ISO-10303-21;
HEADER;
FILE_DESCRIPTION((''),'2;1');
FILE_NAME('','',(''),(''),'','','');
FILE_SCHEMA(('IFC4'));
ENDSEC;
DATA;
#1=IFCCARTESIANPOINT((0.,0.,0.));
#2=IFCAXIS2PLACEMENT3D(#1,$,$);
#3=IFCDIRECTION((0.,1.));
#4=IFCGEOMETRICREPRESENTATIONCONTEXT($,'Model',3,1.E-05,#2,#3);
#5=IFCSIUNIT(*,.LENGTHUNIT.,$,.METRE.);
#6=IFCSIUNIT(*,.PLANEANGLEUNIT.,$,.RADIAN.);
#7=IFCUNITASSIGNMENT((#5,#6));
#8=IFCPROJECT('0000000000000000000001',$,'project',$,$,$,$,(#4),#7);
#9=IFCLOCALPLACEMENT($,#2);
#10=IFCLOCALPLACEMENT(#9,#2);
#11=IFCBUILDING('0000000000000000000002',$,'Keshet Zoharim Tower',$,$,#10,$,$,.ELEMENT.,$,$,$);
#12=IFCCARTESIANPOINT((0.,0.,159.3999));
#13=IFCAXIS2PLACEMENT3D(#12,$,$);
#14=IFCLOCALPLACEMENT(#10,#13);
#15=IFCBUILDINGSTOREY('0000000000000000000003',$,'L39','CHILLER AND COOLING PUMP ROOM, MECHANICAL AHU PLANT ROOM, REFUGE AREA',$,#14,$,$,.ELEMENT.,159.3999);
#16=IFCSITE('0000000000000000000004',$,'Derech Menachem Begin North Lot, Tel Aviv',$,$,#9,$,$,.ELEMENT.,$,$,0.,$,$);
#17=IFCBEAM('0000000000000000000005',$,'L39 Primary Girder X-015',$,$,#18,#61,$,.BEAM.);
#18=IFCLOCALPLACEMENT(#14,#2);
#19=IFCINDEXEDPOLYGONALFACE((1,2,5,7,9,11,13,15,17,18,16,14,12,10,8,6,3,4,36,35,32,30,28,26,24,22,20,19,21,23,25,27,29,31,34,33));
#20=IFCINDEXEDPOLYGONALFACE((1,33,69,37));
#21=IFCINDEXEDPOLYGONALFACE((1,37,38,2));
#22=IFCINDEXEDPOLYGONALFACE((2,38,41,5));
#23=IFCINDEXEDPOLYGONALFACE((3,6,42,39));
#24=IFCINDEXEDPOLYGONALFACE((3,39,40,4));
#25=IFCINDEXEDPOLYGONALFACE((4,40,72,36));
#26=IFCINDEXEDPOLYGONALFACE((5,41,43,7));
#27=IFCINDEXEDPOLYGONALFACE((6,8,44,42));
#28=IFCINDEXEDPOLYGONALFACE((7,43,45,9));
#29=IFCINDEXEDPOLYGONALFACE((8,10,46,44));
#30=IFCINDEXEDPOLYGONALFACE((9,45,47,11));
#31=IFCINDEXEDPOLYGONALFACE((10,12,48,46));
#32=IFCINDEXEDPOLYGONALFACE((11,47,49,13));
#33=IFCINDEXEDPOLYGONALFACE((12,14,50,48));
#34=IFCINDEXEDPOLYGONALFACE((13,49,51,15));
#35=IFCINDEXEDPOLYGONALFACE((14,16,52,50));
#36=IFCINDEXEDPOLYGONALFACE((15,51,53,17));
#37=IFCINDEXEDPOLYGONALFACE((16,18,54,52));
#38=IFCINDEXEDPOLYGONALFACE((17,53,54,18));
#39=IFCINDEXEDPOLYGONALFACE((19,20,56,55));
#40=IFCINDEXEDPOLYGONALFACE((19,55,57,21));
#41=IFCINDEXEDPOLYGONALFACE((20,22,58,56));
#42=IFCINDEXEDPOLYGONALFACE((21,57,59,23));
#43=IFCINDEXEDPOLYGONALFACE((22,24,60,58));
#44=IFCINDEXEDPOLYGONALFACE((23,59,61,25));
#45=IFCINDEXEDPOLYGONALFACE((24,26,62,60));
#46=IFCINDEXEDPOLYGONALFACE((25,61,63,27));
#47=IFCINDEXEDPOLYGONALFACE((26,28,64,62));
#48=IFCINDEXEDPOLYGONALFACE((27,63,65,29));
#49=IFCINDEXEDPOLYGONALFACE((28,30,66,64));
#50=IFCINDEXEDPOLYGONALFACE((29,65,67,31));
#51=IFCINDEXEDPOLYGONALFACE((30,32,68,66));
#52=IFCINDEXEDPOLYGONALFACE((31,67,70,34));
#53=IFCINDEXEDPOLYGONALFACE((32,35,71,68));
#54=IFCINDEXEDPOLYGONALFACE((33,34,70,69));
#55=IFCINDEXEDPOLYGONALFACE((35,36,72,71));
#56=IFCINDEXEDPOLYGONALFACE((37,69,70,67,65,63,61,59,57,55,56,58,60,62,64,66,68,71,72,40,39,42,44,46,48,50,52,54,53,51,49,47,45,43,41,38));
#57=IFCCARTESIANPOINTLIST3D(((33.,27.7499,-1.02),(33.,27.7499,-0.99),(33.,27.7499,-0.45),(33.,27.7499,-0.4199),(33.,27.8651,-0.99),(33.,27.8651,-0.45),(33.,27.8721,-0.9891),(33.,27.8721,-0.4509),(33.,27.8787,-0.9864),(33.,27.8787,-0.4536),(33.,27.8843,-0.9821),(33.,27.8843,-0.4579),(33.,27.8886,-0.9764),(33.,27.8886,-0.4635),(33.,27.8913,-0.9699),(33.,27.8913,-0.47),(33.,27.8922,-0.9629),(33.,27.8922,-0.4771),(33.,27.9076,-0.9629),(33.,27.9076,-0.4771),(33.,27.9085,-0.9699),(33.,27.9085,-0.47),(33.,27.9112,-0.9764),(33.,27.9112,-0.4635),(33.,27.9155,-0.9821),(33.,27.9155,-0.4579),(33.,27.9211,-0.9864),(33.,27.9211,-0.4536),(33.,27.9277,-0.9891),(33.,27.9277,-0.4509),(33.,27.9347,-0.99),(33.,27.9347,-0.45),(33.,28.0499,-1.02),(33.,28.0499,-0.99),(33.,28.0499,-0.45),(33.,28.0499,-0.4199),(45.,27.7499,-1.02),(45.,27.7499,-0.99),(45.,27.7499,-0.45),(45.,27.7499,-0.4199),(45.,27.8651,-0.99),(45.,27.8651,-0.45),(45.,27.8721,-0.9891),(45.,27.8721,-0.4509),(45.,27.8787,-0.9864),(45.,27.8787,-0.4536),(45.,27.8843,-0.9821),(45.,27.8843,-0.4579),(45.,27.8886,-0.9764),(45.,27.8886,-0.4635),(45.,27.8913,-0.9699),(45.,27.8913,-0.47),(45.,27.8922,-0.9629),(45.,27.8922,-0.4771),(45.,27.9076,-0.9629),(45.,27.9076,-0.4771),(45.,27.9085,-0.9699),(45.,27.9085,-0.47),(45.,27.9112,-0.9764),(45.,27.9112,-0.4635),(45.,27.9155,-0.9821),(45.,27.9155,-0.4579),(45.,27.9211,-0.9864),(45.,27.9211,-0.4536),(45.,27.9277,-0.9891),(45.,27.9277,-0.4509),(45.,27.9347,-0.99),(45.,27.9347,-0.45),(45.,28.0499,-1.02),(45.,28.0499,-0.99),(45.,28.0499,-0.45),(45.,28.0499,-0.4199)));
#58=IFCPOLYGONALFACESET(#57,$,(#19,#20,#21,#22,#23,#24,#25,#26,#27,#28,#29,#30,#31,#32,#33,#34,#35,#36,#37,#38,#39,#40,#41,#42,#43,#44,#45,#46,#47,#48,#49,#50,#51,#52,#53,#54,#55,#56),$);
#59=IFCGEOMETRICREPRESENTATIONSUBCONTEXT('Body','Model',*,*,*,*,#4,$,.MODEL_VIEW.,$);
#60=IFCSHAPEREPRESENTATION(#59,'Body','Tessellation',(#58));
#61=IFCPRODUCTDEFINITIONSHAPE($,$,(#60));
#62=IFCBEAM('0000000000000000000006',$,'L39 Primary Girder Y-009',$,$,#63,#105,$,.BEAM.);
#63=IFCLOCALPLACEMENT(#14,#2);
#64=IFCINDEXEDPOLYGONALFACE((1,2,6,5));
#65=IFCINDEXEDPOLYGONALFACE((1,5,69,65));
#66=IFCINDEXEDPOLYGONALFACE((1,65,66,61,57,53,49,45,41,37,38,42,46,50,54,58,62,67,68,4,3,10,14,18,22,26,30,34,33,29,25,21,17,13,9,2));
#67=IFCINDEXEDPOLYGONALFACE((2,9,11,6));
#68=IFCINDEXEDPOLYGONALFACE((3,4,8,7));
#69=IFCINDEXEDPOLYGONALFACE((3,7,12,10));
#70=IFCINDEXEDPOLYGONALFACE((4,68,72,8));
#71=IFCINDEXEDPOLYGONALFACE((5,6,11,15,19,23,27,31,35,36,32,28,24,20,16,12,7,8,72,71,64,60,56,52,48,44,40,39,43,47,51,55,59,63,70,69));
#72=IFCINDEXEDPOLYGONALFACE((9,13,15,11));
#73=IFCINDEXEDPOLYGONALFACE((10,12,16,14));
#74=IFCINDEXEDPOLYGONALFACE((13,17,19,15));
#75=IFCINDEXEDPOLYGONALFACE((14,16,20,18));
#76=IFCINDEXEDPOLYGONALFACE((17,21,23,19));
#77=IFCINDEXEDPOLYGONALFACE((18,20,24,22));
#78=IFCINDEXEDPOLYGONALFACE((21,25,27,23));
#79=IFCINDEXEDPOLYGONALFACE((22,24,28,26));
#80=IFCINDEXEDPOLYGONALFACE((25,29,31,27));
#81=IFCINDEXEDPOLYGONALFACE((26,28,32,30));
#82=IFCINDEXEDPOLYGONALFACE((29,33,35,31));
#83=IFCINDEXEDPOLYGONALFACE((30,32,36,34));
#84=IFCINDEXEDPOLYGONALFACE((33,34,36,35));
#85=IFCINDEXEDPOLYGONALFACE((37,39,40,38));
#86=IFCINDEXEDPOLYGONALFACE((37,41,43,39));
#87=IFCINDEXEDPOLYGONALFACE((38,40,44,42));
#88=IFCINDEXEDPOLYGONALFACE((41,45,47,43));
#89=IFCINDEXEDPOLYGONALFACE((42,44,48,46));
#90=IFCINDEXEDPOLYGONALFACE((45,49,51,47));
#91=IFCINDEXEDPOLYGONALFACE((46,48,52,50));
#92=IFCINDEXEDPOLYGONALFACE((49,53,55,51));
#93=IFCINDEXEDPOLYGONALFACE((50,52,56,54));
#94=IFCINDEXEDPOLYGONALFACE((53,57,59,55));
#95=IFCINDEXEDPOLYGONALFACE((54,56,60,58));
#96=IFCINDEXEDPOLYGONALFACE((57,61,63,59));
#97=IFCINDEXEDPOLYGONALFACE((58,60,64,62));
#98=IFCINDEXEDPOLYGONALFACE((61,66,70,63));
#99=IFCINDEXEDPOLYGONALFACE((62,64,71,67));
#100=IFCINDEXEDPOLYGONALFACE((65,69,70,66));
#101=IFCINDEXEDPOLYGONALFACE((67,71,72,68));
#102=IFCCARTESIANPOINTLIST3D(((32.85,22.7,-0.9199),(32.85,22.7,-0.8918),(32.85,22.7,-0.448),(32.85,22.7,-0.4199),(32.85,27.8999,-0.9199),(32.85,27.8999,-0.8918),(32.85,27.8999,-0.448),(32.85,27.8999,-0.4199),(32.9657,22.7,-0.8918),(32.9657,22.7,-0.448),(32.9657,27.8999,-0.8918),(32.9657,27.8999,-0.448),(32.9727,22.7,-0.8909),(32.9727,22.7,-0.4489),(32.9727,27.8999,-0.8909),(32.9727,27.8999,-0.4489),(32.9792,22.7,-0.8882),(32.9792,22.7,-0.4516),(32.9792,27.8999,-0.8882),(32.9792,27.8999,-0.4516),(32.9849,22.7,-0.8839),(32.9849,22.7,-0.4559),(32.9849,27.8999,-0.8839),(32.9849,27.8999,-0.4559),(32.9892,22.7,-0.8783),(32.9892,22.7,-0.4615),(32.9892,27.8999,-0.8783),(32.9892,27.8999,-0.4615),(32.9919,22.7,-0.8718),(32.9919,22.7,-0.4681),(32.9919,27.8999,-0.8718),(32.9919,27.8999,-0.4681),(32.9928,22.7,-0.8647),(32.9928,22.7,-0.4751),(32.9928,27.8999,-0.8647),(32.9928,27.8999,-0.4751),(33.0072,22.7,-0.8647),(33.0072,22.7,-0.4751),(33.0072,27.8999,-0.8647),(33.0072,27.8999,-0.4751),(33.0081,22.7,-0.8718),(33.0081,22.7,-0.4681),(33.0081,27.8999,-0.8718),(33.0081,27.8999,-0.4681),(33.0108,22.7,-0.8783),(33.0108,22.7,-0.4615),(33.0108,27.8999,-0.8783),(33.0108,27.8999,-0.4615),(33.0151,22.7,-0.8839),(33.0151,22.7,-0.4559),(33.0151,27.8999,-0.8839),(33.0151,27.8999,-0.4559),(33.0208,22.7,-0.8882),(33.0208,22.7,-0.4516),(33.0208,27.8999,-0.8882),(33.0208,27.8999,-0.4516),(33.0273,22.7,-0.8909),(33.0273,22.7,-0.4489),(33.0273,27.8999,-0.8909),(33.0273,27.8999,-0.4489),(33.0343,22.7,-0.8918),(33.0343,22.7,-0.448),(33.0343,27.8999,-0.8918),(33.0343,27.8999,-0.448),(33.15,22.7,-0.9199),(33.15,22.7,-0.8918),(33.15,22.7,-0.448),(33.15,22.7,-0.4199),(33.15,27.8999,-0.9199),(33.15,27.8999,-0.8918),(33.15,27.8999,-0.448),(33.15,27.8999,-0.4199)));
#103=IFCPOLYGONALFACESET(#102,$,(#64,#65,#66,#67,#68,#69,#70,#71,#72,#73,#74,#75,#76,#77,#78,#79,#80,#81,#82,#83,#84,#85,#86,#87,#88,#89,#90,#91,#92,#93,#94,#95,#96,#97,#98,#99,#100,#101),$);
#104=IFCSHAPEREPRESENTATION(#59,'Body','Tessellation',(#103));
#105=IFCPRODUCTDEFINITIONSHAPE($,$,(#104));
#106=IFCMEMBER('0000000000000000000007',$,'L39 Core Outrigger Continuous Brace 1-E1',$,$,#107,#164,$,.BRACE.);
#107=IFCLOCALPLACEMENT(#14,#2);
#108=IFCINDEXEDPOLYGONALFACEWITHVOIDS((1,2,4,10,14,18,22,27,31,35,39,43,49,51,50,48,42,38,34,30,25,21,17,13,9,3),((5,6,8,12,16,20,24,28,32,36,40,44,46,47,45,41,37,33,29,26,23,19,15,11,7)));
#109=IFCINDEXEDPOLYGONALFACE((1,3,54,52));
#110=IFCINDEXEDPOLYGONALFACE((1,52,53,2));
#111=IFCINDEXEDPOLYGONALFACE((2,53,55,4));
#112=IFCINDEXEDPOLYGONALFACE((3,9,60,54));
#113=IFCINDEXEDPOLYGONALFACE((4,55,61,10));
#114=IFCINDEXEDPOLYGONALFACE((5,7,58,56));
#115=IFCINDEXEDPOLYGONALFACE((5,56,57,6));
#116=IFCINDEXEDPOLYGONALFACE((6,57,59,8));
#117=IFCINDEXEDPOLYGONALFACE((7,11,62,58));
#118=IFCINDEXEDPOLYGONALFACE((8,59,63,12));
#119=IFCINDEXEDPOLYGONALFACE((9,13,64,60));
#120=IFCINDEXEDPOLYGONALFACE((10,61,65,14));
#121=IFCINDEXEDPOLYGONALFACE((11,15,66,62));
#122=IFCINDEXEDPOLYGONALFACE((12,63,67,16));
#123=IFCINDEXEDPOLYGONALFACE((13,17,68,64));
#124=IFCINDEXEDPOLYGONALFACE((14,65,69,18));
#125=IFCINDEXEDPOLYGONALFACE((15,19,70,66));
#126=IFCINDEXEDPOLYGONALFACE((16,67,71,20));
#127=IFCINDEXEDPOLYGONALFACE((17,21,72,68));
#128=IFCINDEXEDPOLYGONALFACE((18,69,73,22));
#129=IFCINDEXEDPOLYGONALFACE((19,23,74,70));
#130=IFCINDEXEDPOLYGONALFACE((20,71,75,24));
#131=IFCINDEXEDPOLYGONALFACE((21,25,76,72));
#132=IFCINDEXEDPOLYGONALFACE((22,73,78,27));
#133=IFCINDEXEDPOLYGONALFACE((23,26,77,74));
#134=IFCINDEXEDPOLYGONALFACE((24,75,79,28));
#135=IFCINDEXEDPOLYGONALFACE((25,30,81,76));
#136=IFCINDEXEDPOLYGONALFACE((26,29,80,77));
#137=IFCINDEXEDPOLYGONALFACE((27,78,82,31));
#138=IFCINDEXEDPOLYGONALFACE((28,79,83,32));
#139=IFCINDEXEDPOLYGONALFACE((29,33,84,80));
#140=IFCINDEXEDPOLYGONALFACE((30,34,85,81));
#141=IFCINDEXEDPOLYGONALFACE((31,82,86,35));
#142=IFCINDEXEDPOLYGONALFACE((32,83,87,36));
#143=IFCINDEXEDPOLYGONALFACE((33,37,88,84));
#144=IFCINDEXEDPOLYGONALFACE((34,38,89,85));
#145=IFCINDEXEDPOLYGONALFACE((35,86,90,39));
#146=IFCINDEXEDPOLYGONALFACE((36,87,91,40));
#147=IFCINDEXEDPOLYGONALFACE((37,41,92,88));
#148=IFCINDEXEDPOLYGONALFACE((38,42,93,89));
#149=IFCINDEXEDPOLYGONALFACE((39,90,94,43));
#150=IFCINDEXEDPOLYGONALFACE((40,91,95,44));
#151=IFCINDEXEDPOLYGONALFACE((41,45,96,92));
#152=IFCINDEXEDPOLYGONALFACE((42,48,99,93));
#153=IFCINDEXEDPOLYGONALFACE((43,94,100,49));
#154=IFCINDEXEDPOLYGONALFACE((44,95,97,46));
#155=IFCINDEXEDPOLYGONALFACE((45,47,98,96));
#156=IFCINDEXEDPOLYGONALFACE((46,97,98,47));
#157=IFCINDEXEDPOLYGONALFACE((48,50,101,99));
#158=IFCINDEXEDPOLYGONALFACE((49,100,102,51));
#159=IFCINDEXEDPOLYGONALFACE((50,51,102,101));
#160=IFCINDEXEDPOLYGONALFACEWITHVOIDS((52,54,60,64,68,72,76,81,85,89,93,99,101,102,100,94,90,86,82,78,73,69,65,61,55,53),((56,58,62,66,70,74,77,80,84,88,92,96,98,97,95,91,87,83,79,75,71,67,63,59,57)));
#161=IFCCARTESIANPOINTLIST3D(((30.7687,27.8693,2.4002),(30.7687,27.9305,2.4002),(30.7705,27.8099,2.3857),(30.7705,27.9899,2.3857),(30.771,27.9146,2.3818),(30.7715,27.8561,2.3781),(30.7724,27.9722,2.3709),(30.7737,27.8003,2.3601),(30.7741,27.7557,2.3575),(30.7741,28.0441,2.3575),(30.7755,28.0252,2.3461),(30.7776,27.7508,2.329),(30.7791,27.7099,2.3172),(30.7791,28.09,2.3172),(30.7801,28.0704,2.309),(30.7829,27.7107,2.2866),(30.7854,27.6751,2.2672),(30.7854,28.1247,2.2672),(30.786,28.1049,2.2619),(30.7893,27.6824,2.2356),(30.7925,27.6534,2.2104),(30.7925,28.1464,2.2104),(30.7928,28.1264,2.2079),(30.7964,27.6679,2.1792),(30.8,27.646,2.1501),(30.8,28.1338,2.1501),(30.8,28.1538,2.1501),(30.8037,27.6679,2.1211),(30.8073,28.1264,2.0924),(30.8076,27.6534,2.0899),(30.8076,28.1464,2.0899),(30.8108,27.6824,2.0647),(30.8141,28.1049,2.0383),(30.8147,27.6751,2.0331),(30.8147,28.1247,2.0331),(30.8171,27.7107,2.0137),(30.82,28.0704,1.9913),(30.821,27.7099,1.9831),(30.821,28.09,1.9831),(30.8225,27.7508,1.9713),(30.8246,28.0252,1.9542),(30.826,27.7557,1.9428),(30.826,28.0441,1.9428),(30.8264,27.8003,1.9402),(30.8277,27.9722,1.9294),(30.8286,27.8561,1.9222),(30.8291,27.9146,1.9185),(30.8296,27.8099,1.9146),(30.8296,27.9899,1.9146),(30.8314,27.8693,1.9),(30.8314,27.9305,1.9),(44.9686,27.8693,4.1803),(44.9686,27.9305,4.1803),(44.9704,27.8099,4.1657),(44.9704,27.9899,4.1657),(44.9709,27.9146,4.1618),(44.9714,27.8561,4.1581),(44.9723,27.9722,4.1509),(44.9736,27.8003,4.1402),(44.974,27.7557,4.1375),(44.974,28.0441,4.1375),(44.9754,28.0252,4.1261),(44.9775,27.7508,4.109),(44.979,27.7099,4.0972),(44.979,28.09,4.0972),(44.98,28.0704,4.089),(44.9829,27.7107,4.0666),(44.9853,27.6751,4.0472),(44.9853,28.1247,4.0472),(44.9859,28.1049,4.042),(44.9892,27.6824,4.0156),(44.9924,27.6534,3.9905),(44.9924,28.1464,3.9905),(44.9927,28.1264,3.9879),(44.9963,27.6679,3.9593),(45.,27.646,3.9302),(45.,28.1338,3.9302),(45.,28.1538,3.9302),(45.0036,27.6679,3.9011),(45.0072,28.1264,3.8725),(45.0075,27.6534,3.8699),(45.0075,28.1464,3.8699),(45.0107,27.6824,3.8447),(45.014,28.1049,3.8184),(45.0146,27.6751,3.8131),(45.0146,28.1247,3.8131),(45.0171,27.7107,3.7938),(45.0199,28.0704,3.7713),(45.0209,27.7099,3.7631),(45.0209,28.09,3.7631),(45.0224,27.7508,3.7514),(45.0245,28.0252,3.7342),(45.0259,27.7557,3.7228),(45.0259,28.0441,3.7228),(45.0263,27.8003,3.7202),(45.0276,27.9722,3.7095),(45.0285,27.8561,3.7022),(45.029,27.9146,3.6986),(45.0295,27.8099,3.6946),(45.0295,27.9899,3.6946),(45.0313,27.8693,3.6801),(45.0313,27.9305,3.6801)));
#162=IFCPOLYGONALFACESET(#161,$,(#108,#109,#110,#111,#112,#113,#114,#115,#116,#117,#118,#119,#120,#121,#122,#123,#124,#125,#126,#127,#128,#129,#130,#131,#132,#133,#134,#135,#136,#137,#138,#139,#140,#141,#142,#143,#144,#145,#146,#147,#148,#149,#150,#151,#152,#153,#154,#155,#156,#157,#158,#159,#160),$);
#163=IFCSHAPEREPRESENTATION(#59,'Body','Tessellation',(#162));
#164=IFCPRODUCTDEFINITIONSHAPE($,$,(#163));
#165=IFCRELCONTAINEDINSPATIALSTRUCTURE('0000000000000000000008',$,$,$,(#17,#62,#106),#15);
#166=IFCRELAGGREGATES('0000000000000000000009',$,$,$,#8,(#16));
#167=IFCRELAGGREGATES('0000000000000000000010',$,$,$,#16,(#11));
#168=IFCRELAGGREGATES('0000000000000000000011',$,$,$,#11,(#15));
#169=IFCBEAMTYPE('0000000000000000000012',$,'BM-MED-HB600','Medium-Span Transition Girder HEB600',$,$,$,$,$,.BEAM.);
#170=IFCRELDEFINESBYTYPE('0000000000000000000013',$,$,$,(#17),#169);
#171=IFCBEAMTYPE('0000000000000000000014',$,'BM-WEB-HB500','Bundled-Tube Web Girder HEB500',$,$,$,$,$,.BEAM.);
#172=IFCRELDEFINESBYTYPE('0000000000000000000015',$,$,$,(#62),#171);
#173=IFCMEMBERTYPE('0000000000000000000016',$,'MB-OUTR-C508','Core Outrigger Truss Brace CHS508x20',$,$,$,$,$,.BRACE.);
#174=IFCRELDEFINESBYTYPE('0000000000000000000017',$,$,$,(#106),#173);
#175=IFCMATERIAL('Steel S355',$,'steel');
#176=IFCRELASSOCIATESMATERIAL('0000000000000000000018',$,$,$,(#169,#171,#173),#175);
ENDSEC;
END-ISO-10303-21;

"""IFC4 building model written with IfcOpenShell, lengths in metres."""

from ifc_helpers import new_model, si_unit, direction, frame, origin, origin_2d, place, context, subcontext, project, spatial, hollow_circle, i_section, extrude, material, material_profile, profile_set, type_object, element, save


model = new_model("IFC4")

# Units and contexts
model_context = context("Model", 3, precision=1e-05, world=origin(), true_north=direction((0.0, 1.0)))
body_context = subcontext(model_context, "Body", "Model", "MODEL_VIEW")
ifc_project = project(units=[si_unit("LENGTHUNIT", "METRE"), si_unit("PLANEANGLEUNIT", "RADIAN")], contexts=[model_context])

# Site, building, storey
site_placement = place(None, origin())
site = spatial("IfcSite", under=ifc_project, at=site_placement, Name="Derech Menachem Begin North Lot, Tel Aviv", CompositionType="ELEMENT", RefElevation=0.0)
building_placement = place(site_placement, origin())
building = spatial("IfcBuilding", under=site, at=building_placement, Name="Keshet Zoharim Tower", CompositionType="ELEMENT")
storey_placement = place(building_placement, frame((0.0, 0.0, 159.3999)))
storey = spatial("IfcBuildingStorey", under=building, at=storey_placement, Name="L39", Description="CHILLER AND COOLING PUMP ROOM, MECHANICAL AHU PLANT ROOM, REFUGE AREA", CompositionType="ELEMENT", Elevation=159.3999)

# Beams
ifc_material_1 = material(Name="Steel S355", Category="steel")
ifc_material_profile_1 = material_profile(ifc_material_1, i_section(OverallWidth=0.3, OverallDepth=0.6001, WebThickness=0.0154, FlangeThickness=0.03, FilletRadius=0.0271, at=origin_2d()), Name="HEB600")
ifc_profile_set_1 = profile_set([ifc_material_profile_1], Name="Steel S355")
beam_type_1 = type_object("IfcBeamType", Name="BM-MED-HB600", Description="Medium-Span Transition Girder HEB600", PredefinedType="BEAM", material=ifc_profile_set_1)
beam_1_placement = place(storey_placement, frame((33.0, 27.8999, -0.72), z_axis=(1.0, 0.0, 0.0), x_axis=(0.0, 1.0, 0.0)))
element("IfcBeam", 1, at=beam_1_placement, inside=storey, type_object=beam_type_1, Name="L39 Primary Girder X-015", PredefinedType="BEAM", context=body_context, shape_type="SweptSolid", body=[
    extrude(i_section(OverallWidth=0.3, OverallDepth=0.6001, WebThickness=0.0154, FlangeThickness=0.03, FilletRadius=0.0271, at=origin_2d()), origin(), (0.0, 0.0, 1.0), 12.0),
])
ifc_material_profile_2 = material_profile(ifc_material_1, i_section(OverallWidth=0.3, OverallDepth=0.5, WebThickness=0.0144, FlangeThickness=0.0281, FilletRadius=0.0271, at=origin_2d()), Name="HEB500")
ifc_profile_set_2 = profile_set([ifc_material_profile_2], Name="Steel S355")
beam_type_2 = type_object("IfcBeamType", Name="BM-WEB-HB500", Description="Bundled-Tube Web Girder HEB500", PredefinedType="BEAM", material=ifc_profile_set_2)
beam_2_placement = place(storey_placement, frame((33.0, 22.7, -0.6699), z_axis=(0.0, 1.0, 0.0), x_axis=(-1.0, 0.0, 0.0)))
element("IfcBeam", 2, at=beam_2_placement, inside=storey, type_object=beam_type_2, Name="L39 Primary Girder Y-009", PredefinedType="BEAM", context=body_context, shape_type="SweptSolid", body=[
    extrude(i_section(OverallWidth=0.3, OverallDepth=0.5, WebThickness=0.0144, FlangeThickness=0.0281, FilletRadius=0.0271, at=origin_2d()), origin(), (0.0, 0.0, 1.0), 5.2),
])

# Member
ifc_material_profile_3 = material_profile(ifc_material_1, hollow_circle(Radius=0.2539, WallThickness=0.02, at=origin_2d()), Name="CHS508x20")
ifc_profile_set_3 = profile_set([ifc_material_profile_3], Name="Steel S355")
member_type_1 = type_object("IfcMemberType", Name="MB-OUTR-C508", Description="Core Outrigger Truss Brace CHS508x20", PredefinedType="BRACE", material=ifc_profile_set_3)
member_1_placement = place(storey_placement, frame((30.8, 27.8999, 2.1501), z_axis=(0.992235, 0.0, 0.124381), x_axis=(0.0, 1.0, 0.0)))
element("IfcMember", 3, at=member_1_placement, inside=storey, type_object=member_type_1, Name="L39 Core Outrigger Continuous Brace 1-E1", PredefinedType="BRACE", context=body_context, shape_type="SweptSolid", body=[
    extrude(hollow_circle(Radius=0.2539, WallThickness=0.02, at=origin_2d()), origin(), (0.0, 0.0, 1.0), 14.311),
])

save(model, "model.ifc")
